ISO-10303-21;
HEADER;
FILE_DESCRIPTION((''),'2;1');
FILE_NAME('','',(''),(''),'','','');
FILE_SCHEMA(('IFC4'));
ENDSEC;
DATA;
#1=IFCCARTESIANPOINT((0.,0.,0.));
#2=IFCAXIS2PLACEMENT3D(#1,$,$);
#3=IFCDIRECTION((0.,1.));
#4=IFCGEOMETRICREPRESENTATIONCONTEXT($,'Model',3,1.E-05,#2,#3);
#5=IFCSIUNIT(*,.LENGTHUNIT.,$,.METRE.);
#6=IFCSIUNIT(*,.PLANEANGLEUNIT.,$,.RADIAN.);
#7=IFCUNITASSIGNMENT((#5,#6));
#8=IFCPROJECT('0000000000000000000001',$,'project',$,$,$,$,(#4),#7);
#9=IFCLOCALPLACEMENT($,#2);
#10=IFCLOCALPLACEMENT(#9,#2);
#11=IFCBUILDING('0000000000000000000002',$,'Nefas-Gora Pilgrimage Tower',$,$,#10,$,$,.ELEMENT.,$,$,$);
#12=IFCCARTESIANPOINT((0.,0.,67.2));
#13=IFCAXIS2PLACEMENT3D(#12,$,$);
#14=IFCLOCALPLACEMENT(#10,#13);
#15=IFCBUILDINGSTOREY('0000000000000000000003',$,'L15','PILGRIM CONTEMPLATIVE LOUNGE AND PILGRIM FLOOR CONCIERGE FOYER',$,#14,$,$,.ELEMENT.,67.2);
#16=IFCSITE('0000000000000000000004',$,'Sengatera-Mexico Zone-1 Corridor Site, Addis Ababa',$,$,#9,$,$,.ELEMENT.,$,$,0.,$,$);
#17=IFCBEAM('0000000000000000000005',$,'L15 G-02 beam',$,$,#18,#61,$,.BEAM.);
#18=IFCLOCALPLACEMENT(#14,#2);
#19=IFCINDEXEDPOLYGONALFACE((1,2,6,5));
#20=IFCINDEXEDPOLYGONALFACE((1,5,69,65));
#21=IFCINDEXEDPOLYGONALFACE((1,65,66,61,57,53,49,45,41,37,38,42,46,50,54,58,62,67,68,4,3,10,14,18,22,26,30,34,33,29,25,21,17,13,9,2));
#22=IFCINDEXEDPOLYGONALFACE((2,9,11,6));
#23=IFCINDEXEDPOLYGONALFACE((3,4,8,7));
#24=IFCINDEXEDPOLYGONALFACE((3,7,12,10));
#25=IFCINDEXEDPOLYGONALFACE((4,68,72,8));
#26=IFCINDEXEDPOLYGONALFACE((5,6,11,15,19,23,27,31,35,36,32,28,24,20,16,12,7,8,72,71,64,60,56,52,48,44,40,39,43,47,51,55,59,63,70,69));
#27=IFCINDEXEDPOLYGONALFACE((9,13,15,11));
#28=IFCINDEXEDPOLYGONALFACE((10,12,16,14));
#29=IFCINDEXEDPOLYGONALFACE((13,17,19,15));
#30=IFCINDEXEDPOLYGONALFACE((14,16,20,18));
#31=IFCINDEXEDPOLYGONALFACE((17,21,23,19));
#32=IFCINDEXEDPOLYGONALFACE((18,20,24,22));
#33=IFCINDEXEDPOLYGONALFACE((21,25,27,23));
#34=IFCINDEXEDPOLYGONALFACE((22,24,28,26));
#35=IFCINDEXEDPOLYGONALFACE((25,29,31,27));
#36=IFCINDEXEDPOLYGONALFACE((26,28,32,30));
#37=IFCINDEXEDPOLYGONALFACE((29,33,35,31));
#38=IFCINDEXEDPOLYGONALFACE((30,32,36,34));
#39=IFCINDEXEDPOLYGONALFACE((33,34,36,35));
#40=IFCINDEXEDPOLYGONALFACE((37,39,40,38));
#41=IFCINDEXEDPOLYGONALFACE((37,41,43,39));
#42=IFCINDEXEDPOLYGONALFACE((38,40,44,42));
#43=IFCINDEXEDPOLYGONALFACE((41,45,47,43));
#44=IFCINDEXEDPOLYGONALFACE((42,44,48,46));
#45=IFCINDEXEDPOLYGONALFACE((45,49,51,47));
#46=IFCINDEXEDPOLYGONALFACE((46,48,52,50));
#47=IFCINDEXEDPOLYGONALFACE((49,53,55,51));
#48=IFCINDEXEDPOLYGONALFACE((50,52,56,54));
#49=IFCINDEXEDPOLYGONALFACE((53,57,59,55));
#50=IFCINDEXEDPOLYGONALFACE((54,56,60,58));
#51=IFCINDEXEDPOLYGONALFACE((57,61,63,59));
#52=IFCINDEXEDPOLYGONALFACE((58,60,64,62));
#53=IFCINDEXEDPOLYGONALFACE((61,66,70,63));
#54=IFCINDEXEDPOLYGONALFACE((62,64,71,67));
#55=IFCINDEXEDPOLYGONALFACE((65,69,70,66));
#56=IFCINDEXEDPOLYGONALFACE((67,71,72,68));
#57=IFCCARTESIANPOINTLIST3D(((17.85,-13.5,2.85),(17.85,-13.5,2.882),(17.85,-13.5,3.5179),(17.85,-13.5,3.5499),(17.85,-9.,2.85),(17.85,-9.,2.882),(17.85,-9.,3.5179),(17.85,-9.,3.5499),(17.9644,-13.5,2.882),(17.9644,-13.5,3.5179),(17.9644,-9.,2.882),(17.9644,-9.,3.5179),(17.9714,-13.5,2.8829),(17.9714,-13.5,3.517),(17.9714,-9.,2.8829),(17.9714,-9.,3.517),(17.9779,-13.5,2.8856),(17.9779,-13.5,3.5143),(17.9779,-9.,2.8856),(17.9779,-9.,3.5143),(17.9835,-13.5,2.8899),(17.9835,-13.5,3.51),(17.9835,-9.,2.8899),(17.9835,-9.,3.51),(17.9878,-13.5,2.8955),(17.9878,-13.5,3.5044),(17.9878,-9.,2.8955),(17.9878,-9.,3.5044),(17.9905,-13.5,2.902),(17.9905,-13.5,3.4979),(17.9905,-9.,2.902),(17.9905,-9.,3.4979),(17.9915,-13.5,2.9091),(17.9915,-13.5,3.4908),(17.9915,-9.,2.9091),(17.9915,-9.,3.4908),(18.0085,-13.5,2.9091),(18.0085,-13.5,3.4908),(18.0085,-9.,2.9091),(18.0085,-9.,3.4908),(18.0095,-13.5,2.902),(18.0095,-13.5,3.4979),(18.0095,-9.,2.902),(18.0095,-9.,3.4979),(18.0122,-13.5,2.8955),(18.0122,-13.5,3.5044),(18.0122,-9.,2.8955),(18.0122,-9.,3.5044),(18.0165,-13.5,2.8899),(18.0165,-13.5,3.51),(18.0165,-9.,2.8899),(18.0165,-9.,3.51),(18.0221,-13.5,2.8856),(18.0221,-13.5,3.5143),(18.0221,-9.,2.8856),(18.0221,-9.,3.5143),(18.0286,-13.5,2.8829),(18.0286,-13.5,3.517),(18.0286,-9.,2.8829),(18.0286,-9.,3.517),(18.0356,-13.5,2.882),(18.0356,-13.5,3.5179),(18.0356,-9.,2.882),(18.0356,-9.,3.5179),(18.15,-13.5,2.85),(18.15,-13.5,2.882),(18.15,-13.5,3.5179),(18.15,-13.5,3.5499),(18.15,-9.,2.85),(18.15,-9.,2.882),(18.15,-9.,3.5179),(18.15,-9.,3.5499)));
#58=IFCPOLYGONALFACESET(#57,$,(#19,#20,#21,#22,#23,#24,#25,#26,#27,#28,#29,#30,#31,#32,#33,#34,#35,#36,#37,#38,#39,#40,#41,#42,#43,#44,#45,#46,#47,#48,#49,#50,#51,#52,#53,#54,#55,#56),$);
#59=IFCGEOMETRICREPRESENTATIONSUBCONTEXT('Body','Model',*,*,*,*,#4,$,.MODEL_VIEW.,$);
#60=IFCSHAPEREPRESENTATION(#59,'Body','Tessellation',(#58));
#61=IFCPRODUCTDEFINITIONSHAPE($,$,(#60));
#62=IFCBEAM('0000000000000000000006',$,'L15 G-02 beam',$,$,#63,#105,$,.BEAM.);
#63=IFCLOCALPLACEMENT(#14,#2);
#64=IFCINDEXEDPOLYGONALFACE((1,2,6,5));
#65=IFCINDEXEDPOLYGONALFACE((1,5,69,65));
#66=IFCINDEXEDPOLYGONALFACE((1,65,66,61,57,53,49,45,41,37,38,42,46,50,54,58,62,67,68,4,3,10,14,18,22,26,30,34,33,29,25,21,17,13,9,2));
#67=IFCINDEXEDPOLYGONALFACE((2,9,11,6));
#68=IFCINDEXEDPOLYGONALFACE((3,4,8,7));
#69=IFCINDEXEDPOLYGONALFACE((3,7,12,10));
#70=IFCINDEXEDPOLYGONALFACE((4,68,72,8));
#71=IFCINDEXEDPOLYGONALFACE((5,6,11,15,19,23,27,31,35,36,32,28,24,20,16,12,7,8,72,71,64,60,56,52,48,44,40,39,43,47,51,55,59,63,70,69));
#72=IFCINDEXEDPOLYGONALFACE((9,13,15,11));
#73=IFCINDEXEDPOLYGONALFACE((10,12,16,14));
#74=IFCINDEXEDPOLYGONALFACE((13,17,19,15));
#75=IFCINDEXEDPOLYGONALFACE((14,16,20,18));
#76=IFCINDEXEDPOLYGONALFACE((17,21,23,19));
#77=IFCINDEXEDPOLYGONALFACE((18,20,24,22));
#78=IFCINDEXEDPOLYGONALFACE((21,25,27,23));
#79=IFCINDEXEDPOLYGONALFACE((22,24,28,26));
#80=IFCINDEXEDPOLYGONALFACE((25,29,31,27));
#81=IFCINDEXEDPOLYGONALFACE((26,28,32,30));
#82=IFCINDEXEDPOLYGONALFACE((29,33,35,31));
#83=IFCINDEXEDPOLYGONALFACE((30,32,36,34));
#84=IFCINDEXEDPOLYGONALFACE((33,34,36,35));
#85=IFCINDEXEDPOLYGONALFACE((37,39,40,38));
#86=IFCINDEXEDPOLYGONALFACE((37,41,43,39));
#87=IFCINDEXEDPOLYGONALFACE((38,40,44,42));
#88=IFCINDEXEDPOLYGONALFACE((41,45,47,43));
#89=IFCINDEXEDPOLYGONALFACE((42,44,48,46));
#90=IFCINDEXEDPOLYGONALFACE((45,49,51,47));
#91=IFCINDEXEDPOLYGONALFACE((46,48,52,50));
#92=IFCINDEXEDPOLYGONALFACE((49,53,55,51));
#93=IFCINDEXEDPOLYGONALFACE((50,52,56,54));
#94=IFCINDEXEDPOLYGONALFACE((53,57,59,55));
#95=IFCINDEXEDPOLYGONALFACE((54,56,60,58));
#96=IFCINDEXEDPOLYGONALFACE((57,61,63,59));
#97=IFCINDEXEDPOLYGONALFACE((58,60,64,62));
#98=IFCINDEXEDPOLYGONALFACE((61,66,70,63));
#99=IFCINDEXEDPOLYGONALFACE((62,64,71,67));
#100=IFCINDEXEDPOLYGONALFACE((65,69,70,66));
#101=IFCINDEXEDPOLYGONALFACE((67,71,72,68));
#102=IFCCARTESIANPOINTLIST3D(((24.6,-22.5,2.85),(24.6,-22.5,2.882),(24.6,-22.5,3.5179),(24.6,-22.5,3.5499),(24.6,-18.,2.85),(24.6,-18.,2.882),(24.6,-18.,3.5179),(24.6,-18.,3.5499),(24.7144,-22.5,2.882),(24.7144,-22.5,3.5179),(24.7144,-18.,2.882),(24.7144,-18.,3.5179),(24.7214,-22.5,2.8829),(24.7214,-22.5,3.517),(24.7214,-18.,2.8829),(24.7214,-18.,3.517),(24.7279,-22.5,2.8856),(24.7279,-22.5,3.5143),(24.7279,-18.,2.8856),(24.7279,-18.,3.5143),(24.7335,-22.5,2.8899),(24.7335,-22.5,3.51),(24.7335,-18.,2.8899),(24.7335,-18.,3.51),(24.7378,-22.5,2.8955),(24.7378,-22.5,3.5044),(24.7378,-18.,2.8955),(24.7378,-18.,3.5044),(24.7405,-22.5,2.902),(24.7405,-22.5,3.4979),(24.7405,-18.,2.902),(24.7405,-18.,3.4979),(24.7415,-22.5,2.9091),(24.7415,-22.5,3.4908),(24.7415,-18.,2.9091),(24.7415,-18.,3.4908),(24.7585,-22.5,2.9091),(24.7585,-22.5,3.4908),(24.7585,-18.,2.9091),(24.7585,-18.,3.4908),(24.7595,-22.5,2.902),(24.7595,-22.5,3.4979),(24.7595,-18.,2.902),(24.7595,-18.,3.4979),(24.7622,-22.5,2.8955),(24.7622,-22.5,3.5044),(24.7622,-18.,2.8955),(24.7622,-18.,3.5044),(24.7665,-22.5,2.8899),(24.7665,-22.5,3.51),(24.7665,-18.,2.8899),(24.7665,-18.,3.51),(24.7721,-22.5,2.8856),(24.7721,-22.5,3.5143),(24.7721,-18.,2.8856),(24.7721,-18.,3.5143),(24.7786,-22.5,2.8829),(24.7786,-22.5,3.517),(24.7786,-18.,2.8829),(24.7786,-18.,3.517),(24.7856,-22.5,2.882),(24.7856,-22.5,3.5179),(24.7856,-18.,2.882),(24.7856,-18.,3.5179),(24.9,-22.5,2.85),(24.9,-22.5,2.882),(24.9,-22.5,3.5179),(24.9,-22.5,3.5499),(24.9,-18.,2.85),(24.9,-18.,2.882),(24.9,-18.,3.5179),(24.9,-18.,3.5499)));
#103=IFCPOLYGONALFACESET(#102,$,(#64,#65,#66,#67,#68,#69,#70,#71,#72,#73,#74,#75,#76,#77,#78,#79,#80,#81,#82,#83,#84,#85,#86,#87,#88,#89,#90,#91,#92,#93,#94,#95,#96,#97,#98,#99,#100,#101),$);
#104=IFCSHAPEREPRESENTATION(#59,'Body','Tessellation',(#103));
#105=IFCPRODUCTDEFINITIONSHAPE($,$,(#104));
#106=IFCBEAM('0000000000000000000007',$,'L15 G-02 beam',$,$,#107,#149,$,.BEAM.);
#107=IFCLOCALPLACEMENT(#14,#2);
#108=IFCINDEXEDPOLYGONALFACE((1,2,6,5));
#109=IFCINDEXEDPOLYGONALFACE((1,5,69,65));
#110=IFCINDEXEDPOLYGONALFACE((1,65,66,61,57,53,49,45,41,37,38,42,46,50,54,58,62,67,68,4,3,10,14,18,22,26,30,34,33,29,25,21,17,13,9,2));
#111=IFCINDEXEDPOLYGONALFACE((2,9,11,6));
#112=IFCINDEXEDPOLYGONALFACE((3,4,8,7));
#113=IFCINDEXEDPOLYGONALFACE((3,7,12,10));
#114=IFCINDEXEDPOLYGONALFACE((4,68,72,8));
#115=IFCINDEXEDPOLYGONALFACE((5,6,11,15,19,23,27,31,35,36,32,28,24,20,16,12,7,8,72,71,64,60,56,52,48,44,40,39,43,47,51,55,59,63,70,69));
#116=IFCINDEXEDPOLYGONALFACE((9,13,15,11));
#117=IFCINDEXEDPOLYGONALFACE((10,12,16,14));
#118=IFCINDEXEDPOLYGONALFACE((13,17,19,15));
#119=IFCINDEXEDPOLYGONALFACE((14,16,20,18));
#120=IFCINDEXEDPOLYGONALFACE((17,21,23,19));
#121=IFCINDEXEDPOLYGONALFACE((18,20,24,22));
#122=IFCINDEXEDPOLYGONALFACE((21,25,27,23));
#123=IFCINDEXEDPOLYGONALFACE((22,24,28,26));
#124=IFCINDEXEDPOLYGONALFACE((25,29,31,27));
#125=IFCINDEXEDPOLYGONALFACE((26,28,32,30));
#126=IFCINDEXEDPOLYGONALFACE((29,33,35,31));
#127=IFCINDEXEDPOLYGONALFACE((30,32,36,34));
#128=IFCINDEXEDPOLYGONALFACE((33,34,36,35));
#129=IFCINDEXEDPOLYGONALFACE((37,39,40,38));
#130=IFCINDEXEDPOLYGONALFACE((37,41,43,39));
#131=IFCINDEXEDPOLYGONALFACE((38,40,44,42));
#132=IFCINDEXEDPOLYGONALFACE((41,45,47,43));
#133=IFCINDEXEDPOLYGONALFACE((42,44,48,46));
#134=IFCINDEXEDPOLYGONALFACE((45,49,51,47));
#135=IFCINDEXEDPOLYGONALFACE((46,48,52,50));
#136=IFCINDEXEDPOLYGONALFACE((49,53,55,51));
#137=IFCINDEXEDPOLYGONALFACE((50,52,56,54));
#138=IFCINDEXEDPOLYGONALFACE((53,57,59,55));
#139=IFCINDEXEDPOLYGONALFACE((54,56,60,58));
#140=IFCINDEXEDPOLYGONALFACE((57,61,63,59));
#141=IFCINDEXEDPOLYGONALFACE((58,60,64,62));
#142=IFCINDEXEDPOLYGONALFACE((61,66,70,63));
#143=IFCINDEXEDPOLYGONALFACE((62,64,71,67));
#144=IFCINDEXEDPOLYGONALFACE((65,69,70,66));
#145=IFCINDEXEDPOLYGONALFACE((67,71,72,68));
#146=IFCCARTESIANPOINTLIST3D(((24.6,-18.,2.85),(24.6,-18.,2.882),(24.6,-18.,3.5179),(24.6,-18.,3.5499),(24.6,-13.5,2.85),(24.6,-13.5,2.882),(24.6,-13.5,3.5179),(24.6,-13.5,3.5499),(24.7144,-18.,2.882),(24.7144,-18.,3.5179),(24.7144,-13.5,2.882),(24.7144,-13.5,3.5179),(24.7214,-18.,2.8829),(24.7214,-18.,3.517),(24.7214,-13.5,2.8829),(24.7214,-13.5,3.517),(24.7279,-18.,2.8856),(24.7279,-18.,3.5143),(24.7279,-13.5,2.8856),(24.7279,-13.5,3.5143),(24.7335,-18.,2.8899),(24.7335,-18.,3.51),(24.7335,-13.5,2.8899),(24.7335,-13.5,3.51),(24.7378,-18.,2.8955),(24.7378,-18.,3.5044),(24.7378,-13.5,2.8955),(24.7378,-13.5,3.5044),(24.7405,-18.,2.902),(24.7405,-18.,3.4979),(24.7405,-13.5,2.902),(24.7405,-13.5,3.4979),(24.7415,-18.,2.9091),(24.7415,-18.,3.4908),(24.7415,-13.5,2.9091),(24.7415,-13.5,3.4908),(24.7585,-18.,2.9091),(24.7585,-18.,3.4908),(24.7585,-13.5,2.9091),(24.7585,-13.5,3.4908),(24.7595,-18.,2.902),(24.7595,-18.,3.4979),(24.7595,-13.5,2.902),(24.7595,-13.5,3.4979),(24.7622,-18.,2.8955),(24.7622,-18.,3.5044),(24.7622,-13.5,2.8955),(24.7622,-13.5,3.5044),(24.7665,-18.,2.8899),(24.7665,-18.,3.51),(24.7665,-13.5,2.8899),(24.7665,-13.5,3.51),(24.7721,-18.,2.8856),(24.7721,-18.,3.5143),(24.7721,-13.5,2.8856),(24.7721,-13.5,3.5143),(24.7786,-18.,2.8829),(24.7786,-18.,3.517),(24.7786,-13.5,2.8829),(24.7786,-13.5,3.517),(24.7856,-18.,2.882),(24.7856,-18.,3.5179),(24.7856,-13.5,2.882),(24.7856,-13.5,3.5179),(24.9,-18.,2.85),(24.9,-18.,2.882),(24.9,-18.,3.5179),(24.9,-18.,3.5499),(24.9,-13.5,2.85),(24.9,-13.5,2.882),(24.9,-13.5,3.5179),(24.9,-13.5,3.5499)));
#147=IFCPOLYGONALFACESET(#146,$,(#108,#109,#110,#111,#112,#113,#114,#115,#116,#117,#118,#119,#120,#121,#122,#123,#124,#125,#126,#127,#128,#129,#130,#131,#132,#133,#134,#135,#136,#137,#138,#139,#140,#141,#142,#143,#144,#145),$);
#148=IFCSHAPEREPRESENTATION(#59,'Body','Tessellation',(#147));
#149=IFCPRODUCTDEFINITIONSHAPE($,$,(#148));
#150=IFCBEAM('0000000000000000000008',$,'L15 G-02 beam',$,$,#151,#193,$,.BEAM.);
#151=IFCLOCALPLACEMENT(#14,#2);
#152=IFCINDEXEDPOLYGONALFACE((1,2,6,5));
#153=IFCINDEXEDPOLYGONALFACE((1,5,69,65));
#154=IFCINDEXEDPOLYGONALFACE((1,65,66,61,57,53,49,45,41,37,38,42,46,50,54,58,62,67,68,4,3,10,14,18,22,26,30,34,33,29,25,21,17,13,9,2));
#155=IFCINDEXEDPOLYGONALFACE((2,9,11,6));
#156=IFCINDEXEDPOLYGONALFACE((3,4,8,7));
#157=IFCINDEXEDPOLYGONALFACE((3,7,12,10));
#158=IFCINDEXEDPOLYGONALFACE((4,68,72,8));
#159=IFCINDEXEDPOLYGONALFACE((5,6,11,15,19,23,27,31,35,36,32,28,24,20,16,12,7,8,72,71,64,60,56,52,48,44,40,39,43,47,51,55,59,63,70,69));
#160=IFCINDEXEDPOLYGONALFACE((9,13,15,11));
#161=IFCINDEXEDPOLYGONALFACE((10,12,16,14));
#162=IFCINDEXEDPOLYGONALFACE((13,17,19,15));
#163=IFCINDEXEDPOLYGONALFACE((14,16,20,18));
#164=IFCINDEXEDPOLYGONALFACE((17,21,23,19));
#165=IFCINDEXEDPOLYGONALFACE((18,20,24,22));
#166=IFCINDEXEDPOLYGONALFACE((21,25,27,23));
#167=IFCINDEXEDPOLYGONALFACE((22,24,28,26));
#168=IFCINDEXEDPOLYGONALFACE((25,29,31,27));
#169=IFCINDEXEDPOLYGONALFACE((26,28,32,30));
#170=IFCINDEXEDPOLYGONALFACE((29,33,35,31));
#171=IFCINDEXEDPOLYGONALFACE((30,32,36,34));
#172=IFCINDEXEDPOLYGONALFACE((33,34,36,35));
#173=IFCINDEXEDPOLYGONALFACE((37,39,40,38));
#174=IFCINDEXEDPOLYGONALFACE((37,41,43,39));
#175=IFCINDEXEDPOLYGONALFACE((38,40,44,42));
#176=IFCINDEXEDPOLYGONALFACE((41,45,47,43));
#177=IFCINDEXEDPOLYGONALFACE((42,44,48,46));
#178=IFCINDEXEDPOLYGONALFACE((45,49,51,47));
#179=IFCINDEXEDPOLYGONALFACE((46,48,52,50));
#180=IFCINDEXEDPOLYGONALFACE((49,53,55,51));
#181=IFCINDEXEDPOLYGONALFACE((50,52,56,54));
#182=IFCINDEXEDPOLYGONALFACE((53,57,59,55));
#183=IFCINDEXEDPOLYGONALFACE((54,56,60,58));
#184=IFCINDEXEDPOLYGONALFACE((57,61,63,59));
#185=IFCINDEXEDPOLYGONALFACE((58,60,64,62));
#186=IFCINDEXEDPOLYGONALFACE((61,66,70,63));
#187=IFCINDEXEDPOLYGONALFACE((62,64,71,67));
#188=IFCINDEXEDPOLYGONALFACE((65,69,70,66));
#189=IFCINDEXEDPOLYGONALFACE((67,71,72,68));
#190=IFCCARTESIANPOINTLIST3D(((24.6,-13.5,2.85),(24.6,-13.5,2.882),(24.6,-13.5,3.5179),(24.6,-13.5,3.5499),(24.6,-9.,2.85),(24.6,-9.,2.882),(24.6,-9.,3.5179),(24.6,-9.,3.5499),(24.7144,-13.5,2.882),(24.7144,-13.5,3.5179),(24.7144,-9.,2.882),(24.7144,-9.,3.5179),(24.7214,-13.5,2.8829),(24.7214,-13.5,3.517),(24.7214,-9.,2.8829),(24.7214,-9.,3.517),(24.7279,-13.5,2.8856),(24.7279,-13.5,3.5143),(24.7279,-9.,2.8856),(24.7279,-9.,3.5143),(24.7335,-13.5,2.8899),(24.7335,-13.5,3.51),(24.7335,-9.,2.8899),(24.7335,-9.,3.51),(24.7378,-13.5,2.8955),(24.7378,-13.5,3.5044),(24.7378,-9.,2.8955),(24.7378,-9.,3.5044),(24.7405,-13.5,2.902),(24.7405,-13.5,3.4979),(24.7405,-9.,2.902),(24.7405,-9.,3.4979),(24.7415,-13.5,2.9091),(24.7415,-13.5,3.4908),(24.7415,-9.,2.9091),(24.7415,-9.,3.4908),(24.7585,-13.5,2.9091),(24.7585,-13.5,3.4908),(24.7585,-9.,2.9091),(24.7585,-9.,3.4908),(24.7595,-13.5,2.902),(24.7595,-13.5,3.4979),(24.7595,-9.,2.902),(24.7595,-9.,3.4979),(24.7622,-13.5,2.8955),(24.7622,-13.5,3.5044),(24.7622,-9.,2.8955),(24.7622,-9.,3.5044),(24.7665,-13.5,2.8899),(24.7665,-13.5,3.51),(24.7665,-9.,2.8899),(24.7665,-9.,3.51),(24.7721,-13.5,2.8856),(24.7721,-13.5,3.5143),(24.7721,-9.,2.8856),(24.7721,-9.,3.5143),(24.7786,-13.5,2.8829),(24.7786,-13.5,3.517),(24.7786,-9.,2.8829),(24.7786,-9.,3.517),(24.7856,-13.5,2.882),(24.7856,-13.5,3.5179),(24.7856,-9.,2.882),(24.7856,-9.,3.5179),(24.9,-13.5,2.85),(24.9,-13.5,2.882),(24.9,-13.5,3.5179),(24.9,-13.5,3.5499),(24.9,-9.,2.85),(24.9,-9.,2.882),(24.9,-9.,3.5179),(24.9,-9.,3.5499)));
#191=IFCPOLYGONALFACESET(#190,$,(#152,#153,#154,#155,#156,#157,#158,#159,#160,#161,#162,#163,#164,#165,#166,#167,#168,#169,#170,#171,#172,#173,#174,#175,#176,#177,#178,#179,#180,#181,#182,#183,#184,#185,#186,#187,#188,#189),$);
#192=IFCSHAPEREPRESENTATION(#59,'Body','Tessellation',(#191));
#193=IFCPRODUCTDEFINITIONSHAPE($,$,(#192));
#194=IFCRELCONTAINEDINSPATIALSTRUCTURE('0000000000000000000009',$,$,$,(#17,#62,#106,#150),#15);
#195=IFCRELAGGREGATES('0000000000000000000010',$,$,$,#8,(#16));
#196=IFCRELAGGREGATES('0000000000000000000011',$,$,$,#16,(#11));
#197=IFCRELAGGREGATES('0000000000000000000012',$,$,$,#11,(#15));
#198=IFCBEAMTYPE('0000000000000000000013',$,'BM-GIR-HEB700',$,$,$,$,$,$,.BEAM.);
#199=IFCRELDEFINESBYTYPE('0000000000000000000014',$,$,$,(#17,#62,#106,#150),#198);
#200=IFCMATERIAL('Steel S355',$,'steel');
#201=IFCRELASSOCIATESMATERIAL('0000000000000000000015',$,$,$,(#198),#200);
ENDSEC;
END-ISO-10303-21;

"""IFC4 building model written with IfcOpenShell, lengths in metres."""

from ifc_helpers import new_model, si_unit, direction, frame, origin, origin_2d, place, context, subcontext, project, spatial, i_section, extrude, source, transform, mapped, material, material_profile, profile_set, type_object, element, save


model = new_model("IFC4")

# Units and contexts
model_context = context("Model", 3, precision=1e-05, world=origin(), true_north=direction((0.0, 1.0)))
body_context = subcontext(model_context, "Body", "Model", "MODEL_VIEW")
ifc_project = project(units=[si_unit("LENGTHUNIT", "METRE"), si_unit("PLANEANGLEUNIT", "RADIAN")], contexts=[model_context])

# Site, building, storey
site_placement = place(None, origin())
site = spatial("IfcSite", under=ifc_project, at=site_placement, Name="Sengatera-Mexico Zone-1 Corridor Site, Addis Ababa", CompositionType="ELEMENT", RefElevation=0.0)
building_placement = place(site_placement, origin())
building = spatial("IfcBuilding", under=site, at=building_placement, Name="Nefas-Gora Pilgrimage Tower", CompositionType="ELEMENT")
storey_placement = place(building_placement, frame((0.0, 0.0, 67.2)))
storey = spatial("IfcBuildingStorey", under=building, at=storey_placement, Name="L15", Description="PILGRIM CONTEMPLATIVE LOUNGE AND PILGRIM FLOOR CONCIERGE FOYER", CompositionType="ELEMENT", Elevation=67.2)

# Beams
ifc_material_1 = material(Name="Steel S355", Category="steel")
ifc_material_profile_1 = material_profile(ifc_material_1, i_section(OverallWidth=0.3, OverallDepth=0.7, WebThickness=0.0171, FlangeThickness=0.032, FilletRadius=0.0271, at=origin_2d()), Name="HEB 700")
ifc_profile_set_1 = profile_set([ifc_material_profile_1], Name="Steel S355")
beam_type_1 = type_object("IfcBeamType", Name="BM-GIR-HEB700", PredefinedType="BEAM", material=ifc_profile_set_1)
shared_shape_1 = source(origin(), body_context, "Body", "SweptSolid", [
    extrude(i_section(OverallWidth=0.3, OverallDepth=0.7, WebThickness=0.0171, FlangeThickness=0.032, FilletRadius=0.0271, at=origin_2d()), origin(), (0.0, 0.0, 1.0), 4.5),
])
for number, where, z_axis, x_axis, name in (
    (1, (18.0, -13.5, 3.2), (0.0, 1.0, 0.0), (-1.0, 0.0, 0.0), "L15 G-02 beam"),
    (2, (24.75, -22.5, 3.2), (0.0, 1.0, 0.0), (-1.0, 0.0, 0.0), "L15 G-02 beam"),
    (3, (24.75, -18.0, 3.2), (0.0, 1.0, 0.0), (-1.0, 0.0, 0.0), "L15 G-02 beam"),
    (4, (24.75, -13.5, 3.2), (0.0, 1.0, 0.0), (-1.0, 0.0, 0.0), "L15 G-02 beam"),
):
    element("IfcBeam", number, at=place(storey_placement, frame(where, z_axis=z_axis, x_axis=x_axis)), inside=storey, type_object=beam_type_1, Name=name, PredefinedType="BEAM", context=body_context, shape_type="MappedRepresentation", body=[
        mapped(shared_shape_1, transform((0.0, 0.0, 0.0), x_axis=(1.0, 0.0, 0.0), y_axis=(0.0, 1.0, 0.0), z_axis=(0.0, 0.0, 1.0), scale=1.0)),
    ])

save(model, "model.ifc")
